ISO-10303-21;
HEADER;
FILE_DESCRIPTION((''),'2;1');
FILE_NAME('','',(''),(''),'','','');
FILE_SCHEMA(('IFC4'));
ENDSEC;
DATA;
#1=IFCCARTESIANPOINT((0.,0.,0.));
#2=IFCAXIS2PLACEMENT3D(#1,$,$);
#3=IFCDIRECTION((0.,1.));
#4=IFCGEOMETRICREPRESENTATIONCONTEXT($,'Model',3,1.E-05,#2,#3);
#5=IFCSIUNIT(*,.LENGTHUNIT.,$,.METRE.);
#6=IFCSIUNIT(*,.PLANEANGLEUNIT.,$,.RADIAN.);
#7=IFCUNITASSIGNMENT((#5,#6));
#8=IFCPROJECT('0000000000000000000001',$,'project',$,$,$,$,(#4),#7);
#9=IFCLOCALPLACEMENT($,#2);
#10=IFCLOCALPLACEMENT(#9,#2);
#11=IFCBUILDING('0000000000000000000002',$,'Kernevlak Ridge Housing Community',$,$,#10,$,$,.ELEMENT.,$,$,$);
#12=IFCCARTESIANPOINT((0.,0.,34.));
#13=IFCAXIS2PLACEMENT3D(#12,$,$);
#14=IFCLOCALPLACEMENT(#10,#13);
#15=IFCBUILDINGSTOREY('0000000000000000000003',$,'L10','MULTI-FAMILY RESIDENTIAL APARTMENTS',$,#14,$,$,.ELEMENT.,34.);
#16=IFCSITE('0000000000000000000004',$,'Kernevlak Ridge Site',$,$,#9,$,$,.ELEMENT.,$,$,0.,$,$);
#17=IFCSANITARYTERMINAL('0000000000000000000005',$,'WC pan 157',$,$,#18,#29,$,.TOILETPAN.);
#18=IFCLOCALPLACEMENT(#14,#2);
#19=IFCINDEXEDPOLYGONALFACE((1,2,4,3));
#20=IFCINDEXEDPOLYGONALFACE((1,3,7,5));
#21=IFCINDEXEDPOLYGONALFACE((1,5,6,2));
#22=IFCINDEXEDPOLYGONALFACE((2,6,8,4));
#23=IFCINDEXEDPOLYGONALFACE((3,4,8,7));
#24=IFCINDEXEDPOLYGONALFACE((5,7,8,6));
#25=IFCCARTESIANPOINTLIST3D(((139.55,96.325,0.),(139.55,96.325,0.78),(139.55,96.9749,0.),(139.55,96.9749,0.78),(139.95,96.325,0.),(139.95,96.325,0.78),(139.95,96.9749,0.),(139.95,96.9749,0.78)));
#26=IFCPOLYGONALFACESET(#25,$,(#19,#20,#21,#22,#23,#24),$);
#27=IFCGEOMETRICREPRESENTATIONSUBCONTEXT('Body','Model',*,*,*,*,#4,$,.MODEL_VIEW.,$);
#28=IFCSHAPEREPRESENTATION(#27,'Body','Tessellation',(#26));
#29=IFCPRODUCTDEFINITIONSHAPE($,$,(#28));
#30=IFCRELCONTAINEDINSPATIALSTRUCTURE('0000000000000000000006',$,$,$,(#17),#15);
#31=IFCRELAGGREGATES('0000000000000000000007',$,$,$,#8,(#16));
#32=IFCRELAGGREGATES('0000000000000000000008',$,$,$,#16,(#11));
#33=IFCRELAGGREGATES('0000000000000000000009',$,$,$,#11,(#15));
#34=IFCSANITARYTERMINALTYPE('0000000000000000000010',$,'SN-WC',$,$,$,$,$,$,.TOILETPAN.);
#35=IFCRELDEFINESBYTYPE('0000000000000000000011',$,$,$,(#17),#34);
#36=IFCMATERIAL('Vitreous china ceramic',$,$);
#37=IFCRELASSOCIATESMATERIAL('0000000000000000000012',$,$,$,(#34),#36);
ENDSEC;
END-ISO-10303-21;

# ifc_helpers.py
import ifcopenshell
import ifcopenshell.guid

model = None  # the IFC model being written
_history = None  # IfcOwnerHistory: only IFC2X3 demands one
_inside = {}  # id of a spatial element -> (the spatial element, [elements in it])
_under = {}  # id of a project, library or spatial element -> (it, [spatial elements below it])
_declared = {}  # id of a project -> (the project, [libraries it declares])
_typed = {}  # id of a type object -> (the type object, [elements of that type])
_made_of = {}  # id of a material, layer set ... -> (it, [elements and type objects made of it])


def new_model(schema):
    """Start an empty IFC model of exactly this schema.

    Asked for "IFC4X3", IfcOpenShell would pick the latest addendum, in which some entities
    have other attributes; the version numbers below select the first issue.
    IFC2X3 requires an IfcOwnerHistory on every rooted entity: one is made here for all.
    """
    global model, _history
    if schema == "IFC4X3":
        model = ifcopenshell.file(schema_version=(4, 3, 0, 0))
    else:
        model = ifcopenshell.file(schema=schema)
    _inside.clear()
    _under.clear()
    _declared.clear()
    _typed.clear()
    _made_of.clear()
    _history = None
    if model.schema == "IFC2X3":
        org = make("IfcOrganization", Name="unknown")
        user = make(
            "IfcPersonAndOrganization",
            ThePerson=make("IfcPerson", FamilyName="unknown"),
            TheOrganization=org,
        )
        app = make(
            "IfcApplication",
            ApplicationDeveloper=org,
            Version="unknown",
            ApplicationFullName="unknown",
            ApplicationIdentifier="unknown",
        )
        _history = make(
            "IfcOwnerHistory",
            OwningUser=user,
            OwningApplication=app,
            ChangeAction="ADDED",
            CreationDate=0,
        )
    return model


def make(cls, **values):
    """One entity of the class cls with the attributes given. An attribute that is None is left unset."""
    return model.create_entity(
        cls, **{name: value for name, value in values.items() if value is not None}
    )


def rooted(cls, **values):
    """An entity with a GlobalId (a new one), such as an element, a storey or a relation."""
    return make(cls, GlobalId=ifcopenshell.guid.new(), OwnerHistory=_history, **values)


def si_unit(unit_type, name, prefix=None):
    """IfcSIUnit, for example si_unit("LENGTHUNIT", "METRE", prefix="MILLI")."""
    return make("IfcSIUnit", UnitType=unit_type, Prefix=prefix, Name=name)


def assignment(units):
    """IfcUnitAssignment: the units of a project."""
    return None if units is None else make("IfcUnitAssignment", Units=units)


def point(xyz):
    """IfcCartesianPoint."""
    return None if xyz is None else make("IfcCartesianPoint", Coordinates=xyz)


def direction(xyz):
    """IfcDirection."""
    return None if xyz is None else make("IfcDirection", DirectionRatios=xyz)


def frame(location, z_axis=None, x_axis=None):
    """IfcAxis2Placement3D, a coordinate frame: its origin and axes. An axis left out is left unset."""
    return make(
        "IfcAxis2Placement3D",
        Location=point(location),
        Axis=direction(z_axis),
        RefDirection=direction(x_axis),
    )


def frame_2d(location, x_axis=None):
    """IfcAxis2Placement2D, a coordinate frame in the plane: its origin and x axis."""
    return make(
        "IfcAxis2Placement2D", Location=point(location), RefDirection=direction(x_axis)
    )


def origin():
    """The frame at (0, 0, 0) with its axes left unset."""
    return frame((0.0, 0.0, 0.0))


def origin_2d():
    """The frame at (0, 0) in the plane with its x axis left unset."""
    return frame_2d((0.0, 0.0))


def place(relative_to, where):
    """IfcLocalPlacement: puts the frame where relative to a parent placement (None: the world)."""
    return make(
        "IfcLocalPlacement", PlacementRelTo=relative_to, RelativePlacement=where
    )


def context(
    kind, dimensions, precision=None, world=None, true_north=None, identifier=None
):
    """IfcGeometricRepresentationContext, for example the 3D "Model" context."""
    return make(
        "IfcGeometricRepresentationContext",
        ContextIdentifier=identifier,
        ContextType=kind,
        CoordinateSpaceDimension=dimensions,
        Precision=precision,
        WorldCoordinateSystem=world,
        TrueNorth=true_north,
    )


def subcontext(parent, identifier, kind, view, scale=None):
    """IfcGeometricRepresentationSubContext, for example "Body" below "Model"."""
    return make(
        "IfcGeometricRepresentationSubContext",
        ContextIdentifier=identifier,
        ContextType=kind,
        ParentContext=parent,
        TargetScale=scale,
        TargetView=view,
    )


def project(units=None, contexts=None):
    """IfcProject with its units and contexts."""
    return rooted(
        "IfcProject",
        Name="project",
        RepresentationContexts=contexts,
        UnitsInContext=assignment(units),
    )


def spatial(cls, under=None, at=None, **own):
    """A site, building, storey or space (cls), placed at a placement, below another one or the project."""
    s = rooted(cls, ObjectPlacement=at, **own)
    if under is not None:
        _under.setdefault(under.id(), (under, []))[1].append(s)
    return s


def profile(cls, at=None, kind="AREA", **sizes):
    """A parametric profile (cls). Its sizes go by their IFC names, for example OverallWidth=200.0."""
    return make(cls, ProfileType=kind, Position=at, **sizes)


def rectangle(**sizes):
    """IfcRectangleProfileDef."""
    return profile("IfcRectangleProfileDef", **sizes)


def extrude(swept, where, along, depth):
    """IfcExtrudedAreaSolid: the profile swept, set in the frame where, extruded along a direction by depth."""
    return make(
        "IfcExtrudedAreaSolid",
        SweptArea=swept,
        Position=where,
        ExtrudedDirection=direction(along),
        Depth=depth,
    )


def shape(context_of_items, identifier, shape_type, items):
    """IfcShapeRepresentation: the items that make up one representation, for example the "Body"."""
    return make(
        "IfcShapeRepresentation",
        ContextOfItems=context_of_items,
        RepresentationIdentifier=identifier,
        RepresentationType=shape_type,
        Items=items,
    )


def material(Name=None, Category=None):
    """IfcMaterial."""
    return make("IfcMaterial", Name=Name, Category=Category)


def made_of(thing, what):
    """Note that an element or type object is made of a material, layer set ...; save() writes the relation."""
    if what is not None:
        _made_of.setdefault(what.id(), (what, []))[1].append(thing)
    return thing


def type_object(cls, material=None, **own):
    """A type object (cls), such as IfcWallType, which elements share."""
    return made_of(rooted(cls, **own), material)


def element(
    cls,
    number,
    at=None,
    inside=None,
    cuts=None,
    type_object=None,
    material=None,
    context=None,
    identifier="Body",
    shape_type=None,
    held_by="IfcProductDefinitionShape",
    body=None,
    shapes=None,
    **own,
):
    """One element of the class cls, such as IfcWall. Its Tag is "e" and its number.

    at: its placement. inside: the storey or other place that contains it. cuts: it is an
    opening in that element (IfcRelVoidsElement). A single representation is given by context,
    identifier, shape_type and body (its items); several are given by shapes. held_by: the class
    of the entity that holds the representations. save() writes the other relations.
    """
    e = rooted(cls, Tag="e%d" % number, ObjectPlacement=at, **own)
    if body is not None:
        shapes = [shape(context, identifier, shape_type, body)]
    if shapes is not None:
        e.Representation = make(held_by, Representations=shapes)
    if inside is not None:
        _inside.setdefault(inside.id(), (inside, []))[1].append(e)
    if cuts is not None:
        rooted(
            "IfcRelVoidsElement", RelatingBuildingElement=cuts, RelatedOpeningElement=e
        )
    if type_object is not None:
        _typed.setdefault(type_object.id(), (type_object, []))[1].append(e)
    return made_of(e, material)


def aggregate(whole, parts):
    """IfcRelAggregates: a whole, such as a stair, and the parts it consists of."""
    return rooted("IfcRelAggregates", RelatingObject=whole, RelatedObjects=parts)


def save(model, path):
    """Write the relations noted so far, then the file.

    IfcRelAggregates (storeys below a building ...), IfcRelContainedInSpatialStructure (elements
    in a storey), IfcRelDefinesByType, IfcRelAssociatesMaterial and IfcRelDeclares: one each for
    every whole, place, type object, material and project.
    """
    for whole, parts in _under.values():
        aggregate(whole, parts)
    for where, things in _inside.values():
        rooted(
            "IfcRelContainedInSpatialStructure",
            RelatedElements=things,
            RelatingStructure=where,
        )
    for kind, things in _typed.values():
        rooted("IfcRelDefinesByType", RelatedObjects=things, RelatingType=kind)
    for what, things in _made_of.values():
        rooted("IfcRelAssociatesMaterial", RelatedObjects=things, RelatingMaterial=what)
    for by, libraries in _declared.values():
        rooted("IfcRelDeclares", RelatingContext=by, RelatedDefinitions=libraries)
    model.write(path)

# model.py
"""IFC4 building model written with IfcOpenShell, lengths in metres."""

from ifc_helpers import new_model, si_unit, direction, frame, origin, origin_2d, place, context, subcontext, project, spatial, rectangle, extrude, material, type_object, element, save


model = new_model("IFC4")

# Units and contexts
model_context = context("Model", 3, precision=1e-05, world=origin(), true_north=direction((0.0, 1.0)))
body_context = subcontext(model_context, "Body", "Model", "MODEL_VIEW")
ifc_project = project(units=[si_unit("LENGTHUNIT", "METRE"), si_unit("PLANEANGLEUNIT", "RADIAN")], contexts=[model_context])

# Site, building, storey
site_placement = place(None, origin())
site = spatial("IfcSite", under=ifc_project, at=site_placement, Name="Kernevlak Ridge Site", CompositionType="ELEMENT", RefElevation=0.0)
building_placement = place(site_placement, origin())
building = spatial("IfcBuilding", under=site, at=building_placement, Name="Kernevlak Ridge Housing Community", CompositionType="ELEMENT")
storey_placement = place(building_placement, frame((0.0, 0.0, 34.0)))
storey = spatial("IfcBuildingStorey", under=building, at=storey_placement, Name="L10", Description="MULTI-FAMILY RESIDENTIAL APARTMENTS", CompositionType="ELEMENT", Elevation=34.0)

# Sanitary terminal
ifc_material_1 = material(Name="Vitreous china ceramic")
sanitary_terminal_type_1 = type_object("IfcSanitaryTerminalType", Name="SN-WC", PredefinedType="TOILETPAN", material=ifc_material_1)
sanitary_terminal_1_placement = place(storey_placement, frame((139.75, 96.6499, 0.0), z_axis=(0.0, 0.0, 1.0), x_axis=(1.0, 0.0, 0.0)))
element("IfcSanitaryTerminal", 1, at=sanitary_terminal_1_placement, inside=storey, type_object=sanitary_terminal_type_1, Name="WC pan 157", PredefinedType="TOILETPAN", context=body_context, shape_type="SweptSolid", body=[
    extrude(rectangle(XDim=0.3999, YDim=0.6499, at=origin_2d()), origin(), (0.0, 0.0, 1.0), 0.78),
])

save(model, "model.ifc")
